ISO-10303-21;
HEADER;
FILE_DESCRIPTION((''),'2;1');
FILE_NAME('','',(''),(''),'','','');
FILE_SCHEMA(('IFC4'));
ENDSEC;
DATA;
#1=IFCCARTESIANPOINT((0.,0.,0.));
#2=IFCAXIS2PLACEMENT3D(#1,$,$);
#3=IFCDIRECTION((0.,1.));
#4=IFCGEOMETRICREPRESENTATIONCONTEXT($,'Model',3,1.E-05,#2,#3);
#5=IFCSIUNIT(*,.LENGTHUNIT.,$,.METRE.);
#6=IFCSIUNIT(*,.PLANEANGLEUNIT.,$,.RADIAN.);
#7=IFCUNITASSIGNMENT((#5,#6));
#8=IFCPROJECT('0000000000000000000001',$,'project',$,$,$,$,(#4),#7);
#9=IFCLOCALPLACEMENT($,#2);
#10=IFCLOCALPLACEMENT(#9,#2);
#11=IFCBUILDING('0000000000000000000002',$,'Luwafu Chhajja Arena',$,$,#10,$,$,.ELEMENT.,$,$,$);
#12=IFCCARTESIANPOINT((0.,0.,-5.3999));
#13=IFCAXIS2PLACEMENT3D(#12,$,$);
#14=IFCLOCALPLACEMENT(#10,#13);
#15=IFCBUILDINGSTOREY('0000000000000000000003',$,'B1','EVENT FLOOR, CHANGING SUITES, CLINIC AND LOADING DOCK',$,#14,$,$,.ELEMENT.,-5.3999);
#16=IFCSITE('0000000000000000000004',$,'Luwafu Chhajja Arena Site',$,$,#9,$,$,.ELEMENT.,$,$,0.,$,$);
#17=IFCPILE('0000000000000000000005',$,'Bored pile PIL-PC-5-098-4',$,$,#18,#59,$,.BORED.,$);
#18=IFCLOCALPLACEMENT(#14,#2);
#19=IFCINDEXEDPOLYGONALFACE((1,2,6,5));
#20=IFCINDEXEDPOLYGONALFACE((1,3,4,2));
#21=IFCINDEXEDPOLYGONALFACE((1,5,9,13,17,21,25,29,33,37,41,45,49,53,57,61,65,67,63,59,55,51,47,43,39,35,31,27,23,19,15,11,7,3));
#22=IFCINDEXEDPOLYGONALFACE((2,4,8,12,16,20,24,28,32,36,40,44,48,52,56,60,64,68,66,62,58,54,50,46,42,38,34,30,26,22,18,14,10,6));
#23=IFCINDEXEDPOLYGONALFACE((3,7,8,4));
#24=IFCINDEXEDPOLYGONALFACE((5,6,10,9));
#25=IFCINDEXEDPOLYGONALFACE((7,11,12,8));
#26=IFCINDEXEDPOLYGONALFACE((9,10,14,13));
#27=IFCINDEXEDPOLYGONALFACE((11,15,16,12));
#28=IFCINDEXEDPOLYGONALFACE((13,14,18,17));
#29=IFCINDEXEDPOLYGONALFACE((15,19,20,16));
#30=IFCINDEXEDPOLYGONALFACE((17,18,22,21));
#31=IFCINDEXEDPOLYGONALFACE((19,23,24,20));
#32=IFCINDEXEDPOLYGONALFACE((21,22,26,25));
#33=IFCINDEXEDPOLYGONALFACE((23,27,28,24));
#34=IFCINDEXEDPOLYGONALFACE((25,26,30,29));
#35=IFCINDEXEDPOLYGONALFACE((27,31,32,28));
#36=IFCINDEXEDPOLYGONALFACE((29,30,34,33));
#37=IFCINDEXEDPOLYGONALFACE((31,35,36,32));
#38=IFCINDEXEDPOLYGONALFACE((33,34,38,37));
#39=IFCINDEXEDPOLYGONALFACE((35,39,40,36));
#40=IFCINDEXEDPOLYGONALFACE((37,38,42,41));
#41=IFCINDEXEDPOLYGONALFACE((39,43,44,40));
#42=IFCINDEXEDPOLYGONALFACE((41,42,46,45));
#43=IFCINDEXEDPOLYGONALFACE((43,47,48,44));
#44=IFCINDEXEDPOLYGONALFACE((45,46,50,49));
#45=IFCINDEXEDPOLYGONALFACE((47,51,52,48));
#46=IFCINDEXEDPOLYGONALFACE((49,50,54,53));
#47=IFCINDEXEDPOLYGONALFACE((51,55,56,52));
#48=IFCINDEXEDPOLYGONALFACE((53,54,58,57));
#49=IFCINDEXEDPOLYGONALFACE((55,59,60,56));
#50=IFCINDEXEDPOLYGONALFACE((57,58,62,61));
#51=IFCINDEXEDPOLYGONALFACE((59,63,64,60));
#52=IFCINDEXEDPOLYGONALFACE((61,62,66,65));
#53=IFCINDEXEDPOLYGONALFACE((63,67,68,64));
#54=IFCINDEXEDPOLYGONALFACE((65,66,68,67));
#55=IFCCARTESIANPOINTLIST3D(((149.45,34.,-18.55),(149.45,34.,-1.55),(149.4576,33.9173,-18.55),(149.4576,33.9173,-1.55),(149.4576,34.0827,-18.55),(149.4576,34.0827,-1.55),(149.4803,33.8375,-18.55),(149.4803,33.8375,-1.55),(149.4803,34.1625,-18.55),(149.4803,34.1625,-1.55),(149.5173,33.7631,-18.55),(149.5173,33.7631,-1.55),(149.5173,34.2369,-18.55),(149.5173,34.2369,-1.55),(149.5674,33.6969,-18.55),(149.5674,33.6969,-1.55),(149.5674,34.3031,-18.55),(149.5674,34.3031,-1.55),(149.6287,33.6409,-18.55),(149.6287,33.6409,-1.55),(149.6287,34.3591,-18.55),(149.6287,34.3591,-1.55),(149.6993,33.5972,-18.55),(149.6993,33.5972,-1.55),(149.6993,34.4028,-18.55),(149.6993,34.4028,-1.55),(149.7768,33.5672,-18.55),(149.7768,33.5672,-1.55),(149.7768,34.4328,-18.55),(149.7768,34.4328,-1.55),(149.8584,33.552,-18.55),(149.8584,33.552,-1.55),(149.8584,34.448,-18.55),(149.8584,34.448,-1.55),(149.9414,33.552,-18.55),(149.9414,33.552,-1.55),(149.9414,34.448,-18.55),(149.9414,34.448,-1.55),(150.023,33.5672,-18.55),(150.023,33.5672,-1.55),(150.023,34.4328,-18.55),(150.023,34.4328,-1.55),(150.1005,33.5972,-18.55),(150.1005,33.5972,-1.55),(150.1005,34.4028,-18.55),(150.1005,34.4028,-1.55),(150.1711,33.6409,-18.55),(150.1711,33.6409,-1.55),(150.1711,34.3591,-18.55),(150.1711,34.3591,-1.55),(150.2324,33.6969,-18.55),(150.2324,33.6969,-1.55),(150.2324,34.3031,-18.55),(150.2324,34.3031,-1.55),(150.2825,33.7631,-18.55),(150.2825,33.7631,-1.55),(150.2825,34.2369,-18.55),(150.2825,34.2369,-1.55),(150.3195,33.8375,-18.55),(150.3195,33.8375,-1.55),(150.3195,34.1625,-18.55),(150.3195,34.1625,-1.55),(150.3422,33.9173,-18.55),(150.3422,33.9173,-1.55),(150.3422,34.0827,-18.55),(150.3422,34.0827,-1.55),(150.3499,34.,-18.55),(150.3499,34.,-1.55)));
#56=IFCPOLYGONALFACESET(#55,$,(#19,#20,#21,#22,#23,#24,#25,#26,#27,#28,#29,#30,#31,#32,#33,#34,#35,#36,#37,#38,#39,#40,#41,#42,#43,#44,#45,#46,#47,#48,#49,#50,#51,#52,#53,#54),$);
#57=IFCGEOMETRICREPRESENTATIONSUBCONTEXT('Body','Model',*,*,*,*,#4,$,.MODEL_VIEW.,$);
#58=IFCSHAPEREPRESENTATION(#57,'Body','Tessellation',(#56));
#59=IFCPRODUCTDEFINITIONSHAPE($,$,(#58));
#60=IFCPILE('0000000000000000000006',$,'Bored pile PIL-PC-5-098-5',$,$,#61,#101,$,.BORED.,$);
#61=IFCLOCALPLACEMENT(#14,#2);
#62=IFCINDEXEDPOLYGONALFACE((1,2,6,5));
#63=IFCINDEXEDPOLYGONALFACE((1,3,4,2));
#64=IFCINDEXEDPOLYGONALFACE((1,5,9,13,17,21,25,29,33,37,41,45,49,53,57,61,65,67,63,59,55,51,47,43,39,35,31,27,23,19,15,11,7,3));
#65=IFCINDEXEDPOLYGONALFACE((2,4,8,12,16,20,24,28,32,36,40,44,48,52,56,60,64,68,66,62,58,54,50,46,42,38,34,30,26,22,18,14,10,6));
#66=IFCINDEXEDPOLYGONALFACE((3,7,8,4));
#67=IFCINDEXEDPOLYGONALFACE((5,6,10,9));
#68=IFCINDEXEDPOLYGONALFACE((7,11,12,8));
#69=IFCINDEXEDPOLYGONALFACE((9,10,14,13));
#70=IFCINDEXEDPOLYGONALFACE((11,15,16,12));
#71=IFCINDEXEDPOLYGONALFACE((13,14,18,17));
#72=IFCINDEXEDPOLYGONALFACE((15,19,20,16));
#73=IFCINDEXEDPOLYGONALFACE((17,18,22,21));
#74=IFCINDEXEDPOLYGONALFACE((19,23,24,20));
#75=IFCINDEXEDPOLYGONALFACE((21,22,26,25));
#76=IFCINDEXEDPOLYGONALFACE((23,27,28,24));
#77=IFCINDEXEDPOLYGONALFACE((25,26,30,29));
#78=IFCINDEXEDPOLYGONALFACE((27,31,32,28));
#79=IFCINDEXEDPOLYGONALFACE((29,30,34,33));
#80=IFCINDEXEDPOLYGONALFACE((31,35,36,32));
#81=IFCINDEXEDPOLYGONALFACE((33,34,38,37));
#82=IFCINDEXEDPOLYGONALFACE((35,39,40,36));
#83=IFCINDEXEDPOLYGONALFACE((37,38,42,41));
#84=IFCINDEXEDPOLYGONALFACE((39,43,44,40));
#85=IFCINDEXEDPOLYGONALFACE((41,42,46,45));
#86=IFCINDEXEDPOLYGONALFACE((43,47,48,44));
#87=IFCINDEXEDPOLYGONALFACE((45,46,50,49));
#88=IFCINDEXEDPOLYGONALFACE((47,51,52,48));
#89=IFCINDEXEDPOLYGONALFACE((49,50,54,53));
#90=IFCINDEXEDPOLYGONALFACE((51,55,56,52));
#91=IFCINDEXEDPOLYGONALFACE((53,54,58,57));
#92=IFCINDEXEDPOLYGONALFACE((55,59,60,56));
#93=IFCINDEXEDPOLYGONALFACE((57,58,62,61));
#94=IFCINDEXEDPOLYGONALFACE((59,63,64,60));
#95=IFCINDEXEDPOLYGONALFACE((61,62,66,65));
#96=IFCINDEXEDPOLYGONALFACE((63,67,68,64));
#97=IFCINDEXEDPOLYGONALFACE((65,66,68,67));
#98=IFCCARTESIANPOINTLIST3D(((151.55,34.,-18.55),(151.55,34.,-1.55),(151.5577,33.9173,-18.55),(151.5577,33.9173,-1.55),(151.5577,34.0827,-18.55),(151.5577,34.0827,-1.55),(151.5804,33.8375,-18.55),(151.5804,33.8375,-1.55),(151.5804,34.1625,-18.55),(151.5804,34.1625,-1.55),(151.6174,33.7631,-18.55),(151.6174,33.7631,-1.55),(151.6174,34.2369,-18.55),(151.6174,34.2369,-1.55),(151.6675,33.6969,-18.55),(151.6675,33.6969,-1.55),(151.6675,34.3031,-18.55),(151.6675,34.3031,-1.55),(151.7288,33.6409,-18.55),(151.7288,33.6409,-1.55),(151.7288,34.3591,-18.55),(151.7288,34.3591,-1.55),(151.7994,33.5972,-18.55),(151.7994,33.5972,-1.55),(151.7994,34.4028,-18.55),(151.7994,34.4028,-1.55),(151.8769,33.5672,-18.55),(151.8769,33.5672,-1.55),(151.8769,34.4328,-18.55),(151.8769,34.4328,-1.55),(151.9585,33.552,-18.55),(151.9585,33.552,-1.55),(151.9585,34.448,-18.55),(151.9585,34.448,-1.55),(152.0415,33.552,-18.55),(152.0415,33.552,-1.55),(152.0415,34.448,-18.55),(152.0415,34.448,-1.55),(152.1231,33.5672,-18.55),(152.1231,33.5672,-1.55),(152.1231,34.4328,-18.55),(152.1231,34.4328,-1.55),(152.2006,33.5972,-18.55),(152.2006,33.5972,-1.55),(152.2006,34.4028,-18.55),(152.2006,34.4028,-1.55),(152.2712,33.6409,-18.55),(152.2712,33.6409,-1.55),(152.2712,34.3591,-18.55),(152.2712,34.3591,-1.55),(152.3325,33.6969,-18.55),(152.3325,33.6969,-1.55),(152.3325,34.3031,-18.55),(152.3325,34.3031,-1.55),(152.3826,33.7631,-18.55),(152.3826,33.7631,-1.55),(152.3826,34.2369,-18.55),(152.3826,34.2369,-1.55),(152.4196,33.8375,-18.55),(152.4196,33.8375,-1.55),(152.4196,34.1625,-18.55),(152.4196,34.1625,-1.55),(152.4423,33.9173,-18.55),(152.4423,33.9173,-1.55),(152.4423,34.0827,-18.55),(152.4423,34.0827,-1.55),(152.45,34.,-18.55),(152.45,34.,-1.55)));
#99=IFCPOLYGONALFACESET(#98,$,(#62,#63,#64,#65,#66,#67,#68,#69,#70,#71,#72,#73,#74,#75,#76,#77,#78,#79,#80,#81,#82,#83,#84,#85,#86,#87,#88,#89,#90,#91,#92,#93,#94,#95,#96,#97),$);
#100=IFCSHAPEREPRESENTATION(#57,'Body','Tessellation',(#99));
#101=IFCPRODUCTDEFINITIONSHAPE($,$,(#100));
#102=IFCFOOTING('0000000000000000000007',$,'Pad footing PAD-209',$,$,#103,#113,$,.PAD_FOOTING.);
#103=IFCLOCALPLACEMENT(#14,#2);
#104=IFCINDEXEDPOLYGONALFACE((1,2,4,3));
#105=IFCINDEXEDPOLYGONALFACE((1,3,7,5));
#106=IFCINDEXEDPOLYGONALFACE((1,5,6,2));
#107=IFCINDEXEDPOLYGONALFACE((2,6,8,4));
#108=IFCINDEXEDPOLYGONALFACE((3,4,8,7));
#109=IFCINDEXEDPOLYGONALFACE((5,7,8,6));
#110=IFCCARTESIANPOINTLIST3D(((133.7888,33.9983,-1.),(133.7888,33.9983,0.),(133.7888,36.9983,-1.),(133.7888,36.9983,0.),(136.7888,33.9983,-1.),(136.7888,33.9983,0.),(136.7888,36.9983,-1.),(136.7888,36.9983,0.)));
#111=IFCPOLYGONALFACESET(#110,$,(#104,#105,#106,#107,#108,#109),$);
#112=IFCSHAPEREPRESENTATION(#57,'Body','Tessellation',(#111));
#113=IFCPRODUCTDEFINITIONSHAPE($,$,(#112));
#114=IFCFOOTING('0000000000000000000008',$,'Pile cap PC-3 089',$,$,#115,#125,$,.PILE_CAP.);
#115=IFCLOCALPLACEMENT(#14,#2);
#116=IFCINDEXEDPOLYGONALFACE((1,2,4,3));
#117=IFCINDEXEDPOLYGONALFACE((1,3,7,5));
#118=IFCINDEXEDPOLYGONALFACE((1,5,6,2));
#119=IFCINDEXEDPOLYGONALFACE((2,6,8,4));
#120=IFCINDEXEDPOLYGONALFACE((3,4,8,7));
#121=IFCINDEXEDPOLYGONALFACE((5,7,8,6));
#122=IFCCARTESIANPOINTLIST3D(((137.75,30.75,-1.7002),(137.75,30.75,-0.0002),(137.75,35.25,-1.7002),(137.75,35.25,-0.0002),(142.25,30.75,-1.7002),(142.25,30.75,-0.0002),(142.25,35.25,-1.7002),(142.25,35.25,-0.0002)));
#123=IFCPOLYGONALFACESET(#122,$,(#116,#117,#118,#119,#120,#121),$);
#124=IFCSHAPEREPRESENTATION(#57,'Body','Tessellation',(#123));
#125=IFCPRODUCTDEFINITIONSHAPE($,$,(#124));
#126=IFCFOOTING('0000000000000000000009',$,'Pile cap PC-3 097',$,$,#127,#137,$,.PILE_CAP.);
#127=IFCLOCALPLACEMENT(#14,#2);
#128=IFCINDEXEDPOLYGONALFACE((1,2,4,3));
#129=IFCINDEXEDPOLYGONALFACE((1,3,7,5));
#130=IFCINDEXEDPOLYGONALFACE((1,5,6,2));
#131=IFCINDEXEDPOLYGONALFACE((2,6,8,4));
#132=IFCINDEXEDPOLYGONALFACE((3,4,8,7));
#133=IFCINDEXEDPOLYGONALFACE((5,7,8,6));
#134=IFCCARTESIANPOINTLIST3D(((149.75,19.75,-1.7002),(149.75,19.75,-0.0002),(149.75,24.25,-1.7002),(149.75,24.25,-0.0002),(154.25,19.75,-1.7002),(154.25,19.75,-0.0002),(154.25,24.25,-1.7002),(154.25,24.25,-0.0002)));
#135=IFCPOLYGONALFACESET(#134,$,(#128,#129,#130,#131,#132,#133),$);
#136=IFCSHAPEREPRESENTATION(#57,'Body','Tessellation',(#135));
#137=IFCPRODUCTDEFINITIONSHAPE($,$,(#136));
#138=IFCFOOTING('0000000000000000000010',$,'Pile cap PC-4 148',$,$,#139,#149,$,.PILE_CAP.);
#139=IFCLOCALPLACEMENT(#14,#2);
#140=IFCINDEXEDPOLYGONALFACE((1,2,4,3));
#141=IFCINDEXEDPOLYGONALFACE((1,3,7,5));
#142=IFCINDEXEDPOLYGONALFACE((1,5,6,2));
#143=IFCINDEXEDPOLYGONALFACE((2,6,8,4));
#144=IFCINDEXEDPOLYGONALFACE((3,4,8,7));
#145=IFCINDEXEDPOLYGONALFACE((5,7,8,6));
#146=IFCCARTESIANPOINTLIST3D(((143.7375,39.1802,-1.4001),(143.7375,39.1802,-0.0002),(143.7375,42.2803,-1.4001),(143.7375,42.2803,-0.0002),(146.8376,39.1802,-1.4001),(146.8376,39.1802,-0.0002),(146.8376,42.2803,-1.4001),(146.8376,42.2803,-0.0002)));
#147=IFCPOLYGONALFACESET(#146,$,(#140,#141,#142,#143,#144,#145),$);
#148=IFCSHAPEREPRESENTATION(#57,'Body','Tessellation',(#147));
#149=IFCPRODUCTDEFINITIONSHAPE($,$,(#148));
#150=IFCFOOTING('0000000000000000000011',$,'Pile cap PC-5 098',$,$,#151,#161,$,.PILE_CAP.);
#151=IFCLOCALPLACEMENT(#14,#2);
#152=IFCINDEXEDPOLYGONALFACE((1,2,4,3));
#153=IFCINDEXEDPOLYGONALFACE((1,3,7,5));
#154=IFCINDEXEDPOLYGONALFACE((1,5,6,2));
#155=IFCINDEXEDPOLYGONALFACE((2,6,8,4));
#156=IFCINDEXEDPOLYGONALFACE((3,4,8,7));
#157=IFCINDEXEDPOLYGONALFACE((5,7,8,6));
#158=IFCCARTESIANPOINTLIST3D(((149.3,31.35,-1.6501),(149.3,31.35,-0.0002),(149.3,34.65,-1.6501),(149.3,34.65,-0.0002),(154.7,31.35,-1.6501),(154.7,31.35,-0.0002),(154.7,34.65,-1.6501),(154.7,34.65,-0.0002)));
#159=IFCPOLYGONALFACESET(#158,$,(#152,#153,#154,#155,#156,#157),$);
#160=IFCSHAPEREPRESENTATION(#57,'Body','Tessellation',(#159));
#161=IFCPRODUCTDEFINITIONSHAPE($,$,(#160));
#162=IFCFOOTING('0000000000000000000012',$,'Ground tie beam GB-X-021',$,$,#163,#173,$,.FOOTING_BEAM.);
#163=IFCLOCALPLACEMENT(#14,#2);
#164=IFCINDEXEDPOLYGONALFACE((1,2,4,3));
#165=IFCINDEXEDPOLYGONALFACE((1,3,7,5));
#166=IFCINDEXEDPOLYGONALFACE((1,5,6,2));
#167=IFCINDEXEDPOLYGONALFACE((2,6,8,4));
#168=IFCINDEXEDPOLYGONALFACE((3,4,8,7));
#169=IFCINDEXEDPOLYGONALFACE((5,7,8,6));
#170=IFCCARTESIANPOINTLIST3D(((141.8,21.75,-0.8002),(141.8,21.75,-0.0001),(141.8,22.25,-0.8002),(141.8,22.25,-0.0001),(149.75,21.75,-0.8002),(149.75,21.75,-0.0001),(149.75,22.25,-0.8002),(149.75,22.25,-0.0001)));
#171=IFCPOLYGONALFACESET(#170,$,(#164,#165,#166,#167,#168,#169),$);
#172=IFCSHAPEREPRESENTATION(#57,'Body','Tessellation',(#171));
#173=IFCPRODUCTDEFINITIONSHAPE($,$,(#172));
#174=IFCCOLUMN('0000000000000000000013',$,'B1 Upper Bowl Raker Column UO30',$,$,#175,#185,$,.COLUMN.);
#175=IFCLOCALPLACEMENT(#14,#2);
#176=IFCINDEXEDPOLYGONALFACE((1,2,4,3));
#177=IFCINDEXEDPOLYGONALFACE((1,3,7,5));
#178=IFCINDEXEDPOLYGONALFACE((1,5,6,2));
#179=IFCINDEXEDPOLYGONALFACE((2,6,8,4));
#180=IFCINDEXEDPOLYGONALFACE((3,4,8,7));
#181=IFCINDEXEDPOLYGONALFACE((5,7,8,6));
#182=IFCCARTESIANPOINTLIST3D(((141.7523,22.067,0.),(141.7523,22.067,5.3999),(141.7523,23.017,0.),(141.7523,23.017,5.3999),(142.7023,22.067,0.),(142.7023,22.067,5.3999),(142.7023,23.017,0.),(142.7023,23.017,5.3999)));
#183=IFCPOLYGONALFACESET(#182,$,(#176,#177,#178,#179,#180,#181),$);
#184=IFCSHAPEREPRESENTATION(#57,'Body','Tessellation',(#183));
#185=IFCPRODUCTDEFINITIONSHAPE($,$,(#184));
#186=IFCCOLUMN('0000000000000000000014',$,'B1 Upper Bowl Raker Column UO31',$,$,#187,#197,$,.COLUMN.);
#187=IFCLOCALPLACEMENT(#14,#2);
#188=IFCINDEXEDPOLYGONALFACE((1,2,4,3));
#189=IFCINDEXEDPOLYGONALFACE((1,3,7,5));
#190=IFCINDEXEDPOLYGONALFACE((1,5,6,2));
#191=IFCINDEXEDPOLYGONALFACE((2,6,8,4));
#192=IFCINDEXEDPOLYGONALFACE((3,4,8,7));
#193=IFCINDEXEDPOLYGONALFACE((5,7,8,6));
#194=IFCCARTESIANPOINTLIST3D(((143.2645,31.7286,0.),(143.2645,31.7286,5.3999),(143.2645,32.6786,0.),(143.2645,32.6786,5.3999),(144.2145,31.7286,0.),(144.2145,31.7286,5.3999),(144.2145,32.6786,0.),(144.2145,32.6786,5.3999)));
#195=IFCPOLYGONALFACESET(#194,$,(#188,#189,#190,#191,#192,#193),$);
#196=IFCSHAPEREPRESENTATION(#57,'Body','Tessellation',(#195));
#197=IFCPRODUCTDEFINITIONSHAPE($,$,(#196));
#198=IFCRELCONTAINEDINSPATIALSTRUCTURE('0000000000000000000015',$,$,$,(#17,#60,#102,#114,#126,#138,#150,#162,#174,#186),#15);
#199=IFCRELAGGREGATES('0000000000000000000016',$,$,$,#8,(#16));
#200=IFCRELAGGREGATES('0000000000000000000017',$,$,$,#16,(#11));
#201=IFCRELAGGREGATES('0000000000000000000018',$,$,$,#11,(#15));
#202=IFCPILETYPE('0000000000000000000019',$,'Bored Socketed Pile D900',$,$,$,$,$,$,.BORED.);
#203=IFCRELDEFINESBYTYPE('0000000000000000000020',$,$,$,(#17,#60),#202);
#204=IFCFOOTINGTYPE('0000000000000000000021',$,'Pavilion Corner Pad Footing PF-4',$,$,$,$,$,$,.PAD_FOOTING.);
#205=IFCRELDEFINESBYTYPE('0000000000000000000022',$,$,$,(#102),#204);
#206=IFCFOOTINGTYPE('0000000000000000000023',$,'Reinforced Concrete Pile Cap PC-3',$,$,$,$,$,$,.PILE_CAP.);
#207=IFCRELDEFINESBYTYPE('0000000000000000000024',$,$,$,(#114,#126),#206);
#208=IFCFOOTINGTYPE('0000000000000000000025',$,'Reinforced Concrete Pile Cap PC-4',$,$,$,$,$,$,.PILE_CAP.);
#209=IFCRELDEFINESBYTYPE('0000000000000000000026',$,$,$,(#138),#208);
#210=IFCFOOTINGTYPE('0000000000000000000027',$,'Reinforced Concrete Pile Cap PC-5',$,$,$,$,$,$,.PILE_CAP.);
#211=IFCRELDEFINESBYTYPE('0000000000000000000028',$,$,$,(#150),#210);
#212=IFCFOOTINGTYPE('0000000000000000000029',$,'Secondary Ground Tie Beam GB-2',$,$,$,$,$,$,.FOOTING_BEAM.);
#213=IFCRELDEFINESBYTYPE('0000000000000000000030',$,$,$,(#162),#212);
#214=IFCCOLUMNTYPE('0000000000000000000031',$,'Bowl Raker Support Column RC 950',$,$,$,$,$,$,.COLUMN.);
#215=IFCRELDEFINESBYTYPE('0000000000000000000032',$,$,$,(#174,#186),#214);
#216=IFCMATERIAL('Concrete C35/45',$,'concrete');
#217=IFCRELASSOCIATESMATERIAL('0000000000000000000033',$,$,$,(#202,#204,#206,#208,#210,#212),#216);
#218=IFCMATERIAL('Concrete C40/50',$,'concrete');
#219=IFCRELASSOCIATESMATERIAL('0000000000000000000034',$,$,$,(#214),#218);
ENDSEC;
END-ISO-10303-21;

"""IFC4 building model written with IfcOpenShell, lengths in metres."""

from ifc_helpers import new_model, si_unit, direction, frame, origin, origin_2d, place, context, subcontext, project, spatial, rectangle, circle, extrude, material, material_profile, profile_set, type_object, element, save


model = new_model("IFC4")

# Units and contexts
model_context = context("Model", 3, precision=1e-05, world=origin(), true_north=direction((0.0, 1.0)))
body_context = subcontext(model_context, "Body", "Model", "MODEL_VIEW")
ifc_project = project(units=[si_unit("LENGTHUNIT", "METRE"), si_unit("PLANEANGLEUNIT", "RADIAN")], contexts=[model_context])

# Site, building, storey
site_placement = place(None, origin())
site = spatial("IfcSite", under=ifc_project, at=site_placement, Name="Luwafu Chhajja Arena Site", CompositionType="ELEMENT", RefElevation=0.0)
building_placement = place(site_placement, origin())
building = spatial("IfcBuilding", under=site, at=building_placement, Name="Luwafu Chhajja Arena", CompositionType="ELEMENT")
storey_placement = place(building_placement, frame((0.0, 0.0, -5.3999)))
storey = spatial("IfcBuildingStorey", under=building, at=storey_placement, Name="B1", Description="EVENT FLOOR, CHANGING SUITES, CLINIC AND LOADING DOCK", CompositionType="ELEMENT", Elevation=-5.3999)

# Shared definitions
ifc_material_1 = material(Name="Concrete C35/45", Category="concrete")

# Piles
ifc_material_profile_1 = material_profile(ifc_material_1, circle(Radius=0.45, at=origin_2d()), Name="PILE D900")
ifc_profile_set_1 = profile_set([ifc_material_profile_1], Name="Concrete C35/45")
pile_type_1 = type_object("IfcPileType", Name="Bored Socketed Pile D900", PredefinedType="BORED", material=ifc_profile_set_1)
for number, where, z_axis, x_axis, name in (
    (1, (149.8999, 34.0, -1.55), (0.0, 0.0, -1.0), (1.0, 0.0, 0.0), "Bored pile PIL-PC-5-098-4"),
    (2, (152.0, 34.0, -1.55), (0.0, 0.0, -1.0), (1.0, 0.0, 0.0), "Bored pile PIL-PC-5-098-5"),
):
    element("IfcPile", number, at=place(storey_placement, frame(where, z_axis=z_axis, x_axis=x_axis)), inside=storey, type_object=pile_type_1, Name=name, PredefinedType="BORED", context=body_context, shape_type="SweptSolid", body=[
        extrude(circle(Radius=0.45, at=origin_2d()), origin(), (0.0, 0.0, 1.0), 17.0),
    ])

# Footings
footing_type_1 = type_object("IfcFootingType", Name="Pavilion Corner Pad Footing PF-4", PredefinedType="PAD_FOOTING", material=ifc_material_1)
footing_1_placement = place(storey_placement, frame((135.2888, 35.4983, -1.0), z_axis=(0.0, 0.0, 1.0), x_axis=(1.0, 0.0, 0.0)))
element("IfcFooting", 3, at=footing_1_placement, inside=storey, type_object=footing_type_1, Name="Pad footing PAD-209", PredefinedType="PAD_FOOTING", context=body_context, shape_type="SweptSolid", body=[
    extrude(rectangle(XDim=3.0, YDim=3.0, at=origin_2d()), origin(), (0.0, 0.0, 1.0), 1.0),
])
footing_type_2 = type_object("IfcFootingType", Name="Reinforced Concrete Pile Cap PC-3", PredefinedType="PILE_CAP", material=ifc_material_1)
for number, where, z_axis, x_axis, name in (
    (4, (140.0, 33.0, -1.7002), (0.0, 0.0, 1.0), (1.0, 0.0, 0.0), "Pile cap PC-3 089"),
    (5, (152.0, 22.0, -1.7002), (0.0, 0.0, 1.0), (1.0, 0.0, 0.0), "Pile cap PC-3 097"),
):
    element("IfcFooting", number, at=place(storey_placement, frame(where, z_axis=z_axis, x_axis=x_axis)), inside=storey, type_object=footing_type_2, Name=name, PredefinedType="PILE_CAP", context=body_context, shape_type="SweptSolid", body=[
        extrude(rectangle(XDim=4.5, YDim=4.5, at=origin_2d()), origin(), (0.0, 0.0, 1.0), 1.7),
    ])
footing_type_3 = type_object("IfcFootingType", Name="Reinforced Concrete Pile Cap PC-4", PredefinedType="PILE_CAP", material=ifc_material_1)
footing_2_placement = place(storey_placement, frame((145.2876, 40.7302, -1.4001), z_axis=(0.0, 0.0, 1.0), x_axis=(1.0, 0.0, 0.0)))
element("IfcFooting", 6, at=footing_2_placement, inside=storey, type_object=footing_type_3, Name="Pile cap PC-4 148", PredefinedType="PILE_CAP", context=body_context, shape_type="SweptSolid", body=[
    extrude(rectangle(XDim=3.1001, YDim=3.1001, at=origin_2d()), origin(), (0.0, 0.0, 1.0), 1.3999),
])
footing_type_4 = type_object("IfcFootingType", Name="Reinforced Concrete Pile Cap PC-5", PredefinedType="PILE_CAP", material=ifc_material_1)
footing_3_placement = place(storey_placement, frame((152.0, 33.0, -1.6501), z_axis=(0.0, 0.0, 1.0), x_axis=(1.0, 0.0, 0.0)))
element("IfcFooting", 7, at=footing_3_placement, inside=storey, type_object=footing_type_4, Name="Pile cap PC-5 098", PredefinedType="PILE_CAP", context=body_context, shape_type="SweptSolid", body=[
    extrude(rectangle(XDim=5.3999, YDim=3.3, at=origin_2d()), origin(), (0.0, 0.0, 1.0), 1.6499),
])
ifc_material_profile_2 = material_profile(ifc_material_1, rectangle(XDim=0.5, YDim=0.8, at=origin_2d()), Name="RC 500x800")
ifc_profile_set_2 = profile_set([ifc_material_profile_2], Name="Concrete C35/45")
footing_type_5 = type_object("IfcFootingType", Name="Secondary Ground Tie Beam GB-2", PredefinedType="FOOTING_BEAM", material=ifc_profile_set_2)
footing_4_placement = place(storey_placement, frame((141.8, 22.0, -0.4001), z_axis=(1.0, 0.0, 0.0), x_axis=(0.0, 1.0, 0.0)))
element("IfcFooting", 8, at=footing_4_placement, inside=storey, type_object=footing_type_5, Name="Ground tie beam GB-X-021", PredefinedType="FOOTING_BEAM", context=body_context, shape_type="SweptSolid", body=[
    extrude(rectangle(XDim=0.5, YDim=0.8, at=origin_2d()), origin(), (0.0, 0.0, 1.0), 7.95),
])

# Columns
ifc_material_2 = material(Name="Concrete C40/50", Category="concrete")
ifc_material_profile_3 = material_profile(ifc_material_2, rectangle(XDim=0.95, YDim=0.95, at=origin_2d()), Name="RC 950x950")
ifc_profile_set_3 = profile_set([ifc_material_profile_3], Name="Concrete C40/50")
column_type_1 = type_object("IfcColumnType", Name="Bowl Raker Support Column RC 950", PredefinedType="COLUMN", material=ifc_profile_set_3)
for number, where, z_axis, x_axis, name in (
    (9, (142.2273, 22.542, 0.0), (0.0, 0.0, 1.0), (1.0, 0.0, 0.0), "B1 Upper Bowl Raker Column UO30"),
    (10, (143.7395, 32.2036, 0.0), (0.0, 0.0, 1.0), (1.0, 0.0, 0.0), "B1 Upper Bowl Raker Column UO31"),
):
    element("IfcColumn", number, at=place(storey_placement, frame(where, z_axis=z_axis, x_axis=x_axis)), inside=storey, type_object=column_type_1, Name=name, PredefinedType="COLUMN", context=body_context, shape_type="SweptSolid", body=[
        extrude(rectangle(XDim=0.95, YDim=0.95, at=origin_2d()), origin(), (0.0, 0.0, 1.0), 5.3999),
    ])

save(model, "model.ifc")
